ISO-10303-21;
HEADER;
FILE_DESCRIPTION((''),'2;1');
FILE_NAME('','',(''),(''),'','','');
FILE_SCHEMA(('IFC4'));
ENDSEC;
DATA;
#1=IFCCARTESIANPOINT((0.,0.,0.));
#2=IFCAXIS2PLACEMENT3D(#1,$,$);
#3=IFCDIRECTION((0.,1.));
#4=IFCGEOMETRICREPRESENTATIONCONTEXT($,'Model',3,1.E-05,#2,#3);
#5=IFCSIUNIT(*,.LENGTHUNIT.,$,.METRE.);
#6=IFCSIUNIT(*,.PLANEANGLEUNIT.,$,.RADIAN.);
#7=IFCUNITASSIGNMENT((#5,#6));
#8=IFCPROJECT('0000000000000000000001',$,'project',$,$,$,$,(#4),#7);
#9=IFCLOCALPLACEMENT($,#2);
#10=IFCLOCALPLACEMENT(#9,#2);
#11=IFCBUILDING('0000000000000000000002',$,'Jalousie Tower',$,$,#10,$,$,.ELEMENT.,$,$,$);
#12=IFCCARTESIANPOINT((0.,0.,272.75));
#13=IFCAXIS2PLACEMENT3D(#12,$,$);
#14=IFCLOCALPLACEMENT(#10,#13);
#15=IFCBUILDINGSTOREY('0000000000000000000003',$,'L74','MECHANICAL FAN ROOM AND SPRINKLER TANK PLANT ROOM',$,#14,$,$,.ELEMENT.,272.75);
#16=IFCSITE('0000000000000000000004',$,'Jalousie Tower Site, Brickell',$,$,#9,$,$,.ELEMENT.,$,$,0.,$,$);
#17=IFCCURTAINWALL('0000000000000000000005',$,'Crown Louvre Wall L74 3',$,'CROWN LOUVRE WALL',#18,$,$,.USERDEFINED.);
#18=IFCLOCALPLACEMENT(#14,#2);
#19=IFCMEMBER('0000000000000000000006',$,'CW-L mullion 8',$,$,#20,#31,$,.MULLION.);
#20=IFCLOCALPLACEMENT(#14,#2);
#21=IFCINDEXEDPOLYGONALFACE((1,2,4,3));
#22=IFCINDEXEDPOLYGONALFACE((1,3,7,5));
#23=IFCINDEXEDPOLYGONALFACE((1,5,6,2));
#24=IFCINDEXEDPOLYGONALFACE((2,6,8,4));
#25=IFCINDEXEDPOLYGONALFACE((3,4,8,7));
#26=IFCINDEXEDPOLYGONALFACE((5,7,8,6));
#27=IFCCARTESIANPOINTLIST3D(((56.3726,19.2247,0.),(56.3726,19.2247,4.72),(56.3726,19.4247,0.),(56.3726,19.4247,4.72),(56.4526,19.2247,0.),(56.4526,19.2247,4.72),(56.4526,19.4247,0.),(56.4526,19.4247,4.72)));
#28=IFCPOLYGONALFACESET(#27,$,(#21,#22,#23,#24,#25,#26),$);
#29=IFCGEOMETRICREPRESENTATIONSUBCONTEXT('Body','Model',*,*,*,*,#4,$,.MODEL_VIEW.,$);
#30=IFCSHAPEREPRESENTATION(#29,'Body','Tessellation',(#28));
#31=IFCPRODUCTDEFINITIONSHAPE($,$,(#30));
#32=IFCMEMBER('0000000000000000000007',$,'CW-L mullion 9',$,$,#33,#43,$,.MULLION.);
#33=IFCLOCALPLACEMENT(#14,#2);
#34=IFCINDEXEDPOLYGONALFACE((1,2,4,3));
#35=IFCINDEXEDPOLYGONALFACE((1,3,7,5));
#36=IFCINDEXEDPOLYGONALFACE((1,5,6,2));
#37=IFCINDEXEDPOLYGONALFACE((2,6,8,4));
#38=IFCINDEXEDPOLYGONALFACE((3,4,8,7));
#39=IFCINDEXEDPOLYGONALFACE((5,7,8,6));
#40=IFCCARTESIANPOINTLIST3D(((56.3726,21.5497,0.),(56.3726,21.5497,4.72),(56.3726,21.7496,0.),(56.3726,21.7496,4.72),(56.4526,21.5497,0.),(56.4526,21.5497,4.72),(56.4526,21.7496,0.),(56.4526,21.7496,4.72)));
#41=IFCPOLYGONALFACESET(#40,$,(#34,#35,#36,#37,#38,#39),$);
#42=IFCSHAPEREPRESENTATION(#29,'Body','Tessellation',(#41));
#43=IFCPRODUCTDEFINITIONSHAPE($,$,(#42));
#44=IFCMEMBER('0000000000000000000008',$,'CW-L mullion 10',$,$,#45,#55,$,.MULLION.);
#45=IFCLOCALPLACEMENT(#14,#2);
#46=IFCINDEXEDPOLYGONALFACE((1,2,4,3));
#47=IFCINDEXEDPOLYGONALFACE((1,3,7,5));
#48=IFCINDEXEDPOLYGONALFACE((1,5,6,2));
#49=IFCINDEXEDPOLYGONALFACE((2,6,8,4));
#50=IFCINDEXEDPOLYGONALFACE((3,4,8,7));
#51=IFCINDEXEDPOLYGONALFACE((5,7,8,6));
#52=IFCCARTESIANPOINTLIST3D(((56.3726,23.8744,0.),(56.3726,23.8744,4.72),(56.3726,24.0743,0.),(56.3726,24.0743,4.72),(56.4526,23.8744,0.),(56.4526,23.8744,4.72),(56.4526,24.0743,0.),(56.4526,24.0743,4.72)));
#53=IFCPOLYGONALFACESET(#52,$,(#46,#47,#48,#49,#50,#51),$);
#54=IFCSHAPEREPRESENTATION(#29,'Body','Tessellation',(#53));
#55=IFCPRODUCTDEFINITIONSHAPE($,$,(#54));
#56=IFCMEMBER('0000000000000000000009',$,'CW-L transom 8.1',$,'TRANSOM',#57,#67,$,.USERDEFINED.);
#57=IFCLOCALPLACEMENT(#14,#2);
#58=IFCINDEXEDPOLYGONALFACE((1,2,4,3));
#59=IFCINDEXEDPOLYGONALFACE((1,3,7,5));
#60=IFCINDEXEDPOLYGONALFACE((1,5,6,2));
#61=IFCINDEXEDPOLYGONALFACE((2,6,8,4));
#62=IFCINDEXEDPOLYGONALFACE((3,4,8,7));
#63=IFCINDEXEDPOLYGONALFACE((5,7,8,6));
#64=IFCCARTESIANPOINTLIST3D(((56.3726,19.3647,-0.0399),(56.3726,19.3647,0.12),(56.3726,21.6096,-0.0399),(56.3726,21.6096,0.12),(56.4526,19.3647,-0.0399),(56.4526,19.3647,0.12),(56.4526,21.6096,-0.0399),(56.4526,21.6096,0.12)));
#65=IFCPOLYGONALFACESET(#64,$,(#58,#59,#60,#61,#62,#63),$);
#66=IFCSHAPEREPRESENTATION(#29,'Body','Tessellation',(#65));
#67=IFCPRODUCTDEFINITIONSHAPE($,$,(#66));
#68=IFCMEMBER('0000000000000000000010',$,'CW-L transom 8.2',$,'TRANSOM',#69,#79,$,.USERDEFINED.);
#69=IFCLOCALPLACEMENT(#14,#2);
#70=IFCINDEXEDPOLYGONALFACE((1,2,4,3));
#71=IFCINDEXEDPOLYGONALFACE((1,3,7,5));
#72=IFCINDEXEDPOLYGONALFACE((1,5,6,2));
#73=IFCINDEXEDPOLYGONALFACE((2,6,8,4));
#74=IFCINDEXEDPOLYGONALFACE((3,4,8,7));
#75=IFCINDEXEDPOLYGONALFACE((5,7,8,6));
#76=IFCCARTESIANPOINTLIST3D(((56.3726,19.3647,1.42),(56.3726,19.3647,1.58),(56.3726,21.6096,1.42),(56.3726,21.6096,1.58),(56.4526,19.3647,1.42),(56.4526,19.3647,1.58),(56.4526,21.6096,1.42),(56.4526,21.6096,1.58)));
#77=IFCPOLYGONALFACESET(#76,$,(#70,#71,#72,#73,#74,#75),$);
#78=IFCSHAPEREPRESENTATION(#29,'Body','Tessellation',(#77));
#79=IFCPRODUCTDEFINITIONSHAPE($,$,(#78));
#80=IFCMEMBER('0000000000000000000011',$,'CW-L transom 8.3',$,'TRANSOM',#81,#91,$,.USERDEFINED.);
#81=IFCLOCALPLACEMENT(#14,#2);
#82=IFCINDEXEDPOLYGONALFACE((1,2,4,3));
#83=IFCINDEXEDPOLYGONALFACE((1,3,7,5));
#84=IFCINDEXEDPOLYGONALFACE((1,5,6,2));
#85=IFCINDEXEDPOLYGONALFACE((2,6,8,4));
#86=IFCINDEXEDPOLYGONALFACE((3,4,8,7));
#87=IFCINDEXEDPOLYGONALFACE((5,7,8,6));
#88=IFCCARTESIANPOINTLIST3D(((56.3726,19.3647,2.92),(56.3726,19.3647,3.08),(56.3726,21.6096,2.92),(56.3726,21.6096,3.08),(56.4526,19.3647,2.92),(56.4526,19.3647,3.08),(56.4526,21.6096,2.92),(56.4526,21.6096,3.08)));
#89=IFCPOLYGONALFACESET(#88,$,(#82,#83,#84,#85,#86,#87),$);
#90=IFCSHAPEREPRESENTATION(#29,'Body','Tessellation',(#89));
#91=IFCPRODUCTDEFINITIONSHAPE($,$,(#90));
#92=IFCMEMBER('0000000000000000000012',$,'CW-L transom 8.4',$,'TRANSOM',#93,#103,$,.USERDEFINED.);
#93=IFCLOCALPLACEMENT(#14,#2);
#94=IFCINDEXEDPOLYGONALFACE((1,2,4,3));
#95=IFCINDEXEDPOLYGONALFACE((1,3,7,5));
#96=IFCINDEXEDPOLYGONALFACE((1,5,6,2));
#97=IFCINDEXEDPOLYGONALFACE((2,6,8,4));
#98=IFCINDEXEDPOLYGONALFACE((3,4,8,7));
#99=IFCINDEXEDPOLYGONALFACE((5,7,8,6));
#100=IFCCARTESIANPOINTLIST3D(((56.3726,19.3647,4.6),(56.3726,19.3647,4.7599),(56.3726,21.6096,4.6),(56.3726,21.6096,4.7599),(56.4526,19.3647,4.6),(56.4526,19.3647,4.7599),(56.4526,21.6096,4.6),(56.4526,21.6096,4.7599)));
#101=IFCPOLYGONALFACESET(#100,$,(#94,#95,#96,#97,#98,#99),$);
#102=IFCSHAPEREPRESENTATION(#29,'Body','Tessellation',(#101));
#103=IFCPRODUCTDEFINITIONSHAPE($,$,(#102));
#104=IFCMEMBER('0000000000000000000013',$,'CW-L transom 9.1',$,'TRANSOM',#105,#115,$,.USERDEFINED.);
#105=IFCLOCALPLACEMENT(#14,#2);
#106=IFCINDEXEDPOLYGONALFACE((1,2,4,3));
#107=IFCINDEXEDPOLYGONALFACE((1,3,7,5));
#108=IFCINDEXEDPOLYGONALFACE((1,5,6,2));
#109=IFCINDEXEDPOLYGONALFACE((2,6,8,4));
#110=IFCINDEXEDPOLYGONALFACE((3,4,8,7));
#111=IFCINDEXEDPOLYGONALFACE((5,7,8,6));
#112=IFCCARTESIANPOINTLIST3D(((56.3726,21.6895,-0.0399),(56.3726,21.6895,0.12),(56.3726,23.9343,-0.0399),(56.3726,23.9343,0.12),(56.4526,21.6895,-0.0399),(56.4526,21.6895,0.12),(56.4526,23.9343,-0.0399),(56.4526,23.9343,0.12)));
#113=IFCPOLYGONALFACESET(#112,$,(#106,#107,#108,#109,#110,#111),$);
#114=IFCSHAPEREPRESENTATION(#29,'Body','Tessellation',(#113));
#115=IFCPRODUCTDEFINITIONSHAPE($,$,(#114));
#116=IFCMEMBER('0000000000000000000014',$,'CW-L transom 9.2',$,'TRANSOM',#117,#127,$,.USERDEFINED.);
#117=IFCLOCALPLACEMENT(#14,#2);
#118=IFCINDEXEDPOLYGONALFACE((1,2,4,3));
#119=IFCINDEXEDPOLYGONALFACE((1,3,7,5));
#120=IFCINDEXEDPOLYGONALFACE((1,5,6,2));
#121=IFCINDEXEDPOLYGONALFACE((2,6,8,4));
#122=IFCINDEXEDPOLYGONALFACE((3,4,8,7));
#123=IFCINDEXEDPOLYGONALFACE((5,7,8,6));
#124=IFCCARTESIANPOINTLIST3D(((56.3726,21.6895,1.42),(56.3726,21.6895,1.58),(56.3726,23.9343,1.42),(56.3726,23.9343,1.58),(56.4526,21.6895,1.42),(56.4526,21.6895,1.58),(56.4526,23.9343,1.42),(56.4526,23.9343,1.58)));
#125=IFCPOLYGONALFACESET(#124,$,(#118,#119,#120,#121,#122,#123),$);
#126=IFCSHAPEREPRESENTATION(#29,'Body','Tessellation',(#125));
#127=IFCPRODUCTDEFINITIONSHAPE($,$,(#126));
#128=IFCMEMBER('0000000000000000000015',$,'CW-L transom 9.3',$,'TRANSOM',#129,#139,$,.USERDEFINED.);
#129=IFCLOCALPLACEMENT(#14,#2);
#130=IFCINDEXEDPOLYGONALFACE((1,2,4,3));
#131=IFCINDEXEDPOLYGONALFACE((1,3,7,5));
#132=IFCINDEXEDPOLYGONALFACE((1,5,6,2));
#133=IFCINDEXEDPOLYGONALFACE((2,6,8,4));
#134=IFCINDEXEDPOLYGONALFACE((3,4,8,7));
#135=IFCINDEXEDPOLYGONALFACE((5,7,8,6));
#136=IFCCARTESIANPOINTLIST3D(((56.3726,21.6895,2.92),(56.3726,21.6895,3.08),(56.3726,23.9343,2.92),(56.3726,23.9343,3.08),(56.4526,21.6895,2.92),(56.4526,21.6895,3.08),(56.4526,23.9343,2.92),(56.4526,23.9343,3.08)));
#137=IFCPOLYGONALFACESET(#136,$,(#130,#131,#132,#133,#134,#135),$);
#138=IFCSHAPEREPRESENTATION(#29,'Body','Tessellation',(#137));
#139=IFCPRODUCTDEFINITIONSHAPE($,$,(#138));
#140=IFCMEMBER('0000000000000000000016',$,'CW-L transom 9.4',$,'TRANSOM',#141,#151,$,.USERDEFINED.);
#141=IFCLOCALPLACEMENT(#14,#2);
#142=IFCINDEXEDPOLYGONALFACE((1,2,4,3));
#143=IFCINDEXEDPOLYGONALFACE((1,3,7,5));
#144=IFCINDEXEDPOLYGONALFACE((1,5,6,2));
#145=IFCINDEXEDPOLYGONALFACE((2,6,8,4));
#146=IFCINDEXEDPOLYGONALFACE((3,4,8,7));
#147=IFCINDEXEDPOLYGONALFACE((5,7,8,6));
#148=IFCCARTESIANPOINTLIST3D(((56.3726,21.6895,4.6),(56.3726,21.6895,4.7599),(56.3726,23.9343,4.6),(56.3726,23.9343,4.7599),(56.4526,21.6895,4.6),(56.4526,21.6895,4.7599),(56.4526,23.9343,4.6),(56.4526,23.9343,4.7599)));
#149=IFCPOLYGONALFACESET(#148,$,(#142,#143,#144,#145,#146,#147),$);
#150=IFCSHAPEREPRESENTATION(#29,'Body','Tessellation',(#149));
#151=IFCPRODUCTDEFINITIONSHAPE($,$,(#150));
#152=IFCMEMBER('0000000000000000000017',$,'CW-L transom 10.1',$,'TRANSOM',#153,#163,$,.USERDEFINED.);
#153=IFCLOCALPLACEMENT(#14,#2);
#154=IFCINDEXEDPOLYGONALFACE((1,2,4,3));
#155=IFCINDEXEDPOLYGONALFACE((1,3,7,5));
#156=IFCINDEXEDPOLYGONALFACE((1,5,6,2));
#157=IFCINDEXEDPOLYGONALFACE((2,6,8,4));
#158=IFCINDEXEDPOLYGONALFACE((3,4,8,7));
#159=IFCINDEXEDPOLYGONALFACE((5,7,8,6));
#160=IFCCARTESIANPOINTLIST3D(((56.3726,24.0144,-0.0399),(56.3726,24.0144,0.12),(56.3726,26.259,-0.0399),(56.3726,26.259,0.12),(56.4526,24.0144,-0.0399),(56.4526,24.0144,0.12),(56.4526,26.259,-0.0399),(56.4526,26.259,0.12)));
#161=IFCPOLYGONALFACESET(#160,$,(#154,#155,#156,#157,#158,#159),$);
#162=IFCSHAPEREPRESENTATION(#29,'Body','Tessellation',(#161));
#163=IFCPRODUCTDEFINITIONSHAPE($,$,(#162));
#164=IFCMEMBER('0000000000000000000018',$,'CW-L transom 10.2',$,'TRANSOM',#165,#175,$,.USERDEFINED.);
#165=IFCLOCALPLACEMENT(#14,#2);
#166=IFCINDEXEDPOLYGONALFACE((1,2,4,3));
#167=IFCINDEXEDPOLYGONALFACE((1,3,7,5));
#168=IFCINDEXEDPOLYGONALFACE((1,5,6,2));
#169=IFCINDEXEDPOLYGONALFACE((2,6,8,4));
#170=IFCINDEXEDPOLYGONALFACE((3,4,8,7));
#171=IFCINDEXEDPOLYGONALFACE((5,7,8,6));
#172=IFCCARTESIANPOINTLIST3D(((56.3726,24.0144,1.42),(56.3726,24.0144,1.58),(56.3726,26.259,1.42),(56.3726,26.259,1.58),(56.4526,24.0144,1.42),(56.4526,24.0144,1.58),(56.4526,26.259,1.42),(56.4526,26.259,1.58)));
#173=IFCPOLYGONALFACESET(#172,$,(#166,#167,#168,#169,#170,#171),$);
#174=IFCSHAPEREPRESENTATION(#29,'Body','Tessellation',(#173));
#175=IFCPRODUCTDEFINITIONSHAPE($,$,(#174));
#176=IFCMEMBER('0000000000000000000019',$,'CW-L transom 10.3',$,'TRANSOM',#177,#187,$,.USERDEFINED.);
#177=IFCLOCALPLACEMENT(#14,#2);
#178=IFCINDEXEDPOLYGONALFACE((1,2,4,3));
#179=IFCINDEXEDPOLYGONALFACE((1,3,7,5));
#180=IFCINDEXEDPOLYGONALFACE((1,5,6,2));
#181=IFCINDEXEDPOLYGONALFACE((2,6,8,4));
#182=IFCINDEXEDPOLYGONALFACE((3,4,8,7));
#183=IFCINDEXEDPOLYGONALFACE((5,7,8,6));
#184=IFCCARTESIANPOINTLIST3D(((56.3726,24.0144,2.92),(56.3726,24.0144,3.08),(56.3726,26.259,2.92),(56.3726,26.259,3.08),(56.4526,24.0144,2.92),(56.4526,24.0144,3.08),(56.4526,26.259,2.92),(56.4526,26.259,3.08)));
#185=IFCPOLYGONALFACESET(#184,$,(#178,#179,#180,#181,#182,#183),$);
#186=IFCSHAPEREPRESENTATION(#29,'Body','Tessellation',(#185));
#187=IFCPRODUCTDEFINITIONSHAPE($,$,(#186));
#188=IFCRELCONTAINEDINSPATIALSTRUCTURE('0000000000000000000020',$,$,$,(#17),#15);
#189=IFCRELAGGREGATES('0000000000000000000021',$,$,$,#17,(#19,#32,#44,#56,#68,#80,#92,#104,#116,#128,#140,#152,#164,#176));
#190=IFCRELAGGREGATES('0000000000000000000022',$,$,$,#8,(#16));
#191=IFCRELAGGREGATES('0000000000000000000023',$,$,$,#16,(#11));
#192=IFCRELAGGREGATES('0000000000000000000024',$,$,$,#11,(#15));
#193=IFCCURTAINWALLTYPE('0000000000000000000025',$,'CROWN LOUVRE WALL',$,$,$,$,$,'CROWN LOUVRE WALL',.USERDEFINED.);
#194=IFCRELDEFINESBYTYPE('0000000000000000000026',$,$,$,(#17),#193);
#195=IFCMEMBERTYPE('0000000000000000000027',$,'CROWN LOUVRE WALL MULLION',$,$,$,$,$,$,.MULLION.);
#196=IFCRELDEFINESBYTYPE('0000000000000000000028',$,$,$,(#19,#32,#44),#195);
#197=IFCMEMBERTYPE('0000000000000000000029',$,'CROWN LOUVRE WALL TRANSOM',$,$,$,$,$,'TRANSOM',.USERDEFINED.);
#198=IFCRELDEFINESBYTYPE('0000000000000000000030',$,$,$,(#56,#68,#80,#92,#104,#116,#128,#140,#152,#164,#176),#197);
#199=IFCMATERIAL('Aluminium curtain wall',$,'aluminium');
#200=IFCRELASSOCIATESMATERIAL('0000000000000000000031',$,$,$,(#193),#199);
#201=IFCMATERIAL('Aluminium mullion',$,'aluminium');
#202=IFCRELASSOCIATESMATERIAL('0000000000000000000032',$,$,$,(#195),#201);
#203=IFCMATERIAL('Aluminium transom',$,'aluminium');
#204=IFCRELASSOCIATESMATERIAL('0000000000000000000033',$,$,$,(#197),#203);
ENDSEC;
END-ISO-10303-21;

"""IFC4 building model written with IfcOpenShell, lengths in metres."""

from ifc_helpers import new_model, si_unit, direction, frame, origin, origin_2d, place, context, subcontext, project, spatial, rectangle, extrude, material, material_profile, profile_set, type_object, element, aggregate, save


model = new_model("IFC4")

# Units and contexts
model_context = context("Model", 3, precision=1e-05, world=origin(), true_north=direction((0.0, 1.0)))
body_context = subcontext(model_context, "Body", "Model", "MODEL_VIEW")
ifc_project = project(units=[si_unit("LENGTHUNIT", "METRE"), si_unit("PLANEANGLEUNIT", "RADIAN")], contexts=[model_context])

# Site, building, storey
site_placement = place(None, origin())
site = spatial("IfcSite", under=ifc_project, at=site_placement, Name="Jalousie Tower Site, Brickell", CompositionType="ELEMENT", RefElevation=0.0)
building_placement = place(site_placement, origin())
building = spatial("IfcBuilding", under=site, at=building_placement, Name="Jalousie Tower", CompositionType="ELEMENT")
storey_placement = place(building_placement, frame((0.0, 0.0, 272.75)))
storey = spatial("IfcBuildingStorey", under=building, at=storey_placement, Name="L74", Description="MECHANICAL FAN ROOM AND SPRINKLER TANK PLANT ROOM", CompositionType="ELEMENT", Elevation=272.75)

# Curtain wall, members
ifc_material_1 = material(Name="Aluminium curtain wall", Category="aluminium")
curtain_wall_type = type_object("IfcCurtainWallType", Name="CROWN LOUVRE WALL", ElementType="CROWN LOUVRE WALL", PredefinedType="USERDEFINED", material=ifc_material_1)
curtain_wall_placement = place(storey_placement, origin())
curtain_wall = element("IfcCurtainWall", 1, at=curtain_wall_placement, inside=storey, type_object=curtain_wall_type, Name="Crown Louvre Wall L74 3", ObjectType="CROWN LOUVRE WALL", PredefinedType="USERDEFINED")
ifc_material_2 = material(Name="Aluminium mullion", Category="aluminium")
ifc_material_profile_1 = material_profile(ifc_material_2, rectangle(XDim=0.0801, YDim=0.2, at=origin_2d()), Name="MULLION 80x200")
ifc_profile_set_1 = profile_set([ifc_material_profile_1], Name="Aluminium mullion")
member_type_1 = type_object("IfcMemberType", Name="CROWN LOUVRE WALL MULLION", PredefinedType="MULLION", material=ifc_profile_set_1)
member_1_placement = place(storey_placement, frame((56.4126, 19.3247, 0.0), z_axis=(0.0, 0.0, 1.0), x_axis=(-1.0, 0.0, 0.0)))
member_1 = element("IfcMember", 2, at=member_1_placement, type_object=member_type_1, Name="CW-L mullion 8", PredefinedType="MULLION", context=body_context, shape_type="SweptSolid", body=[
    extrude(rectangle(XDim=0.0801, YDim=0.2, at=origin_2d()), origin(), (0.0, 0.0, 1.0), 4.72),
])
member_2_placement = place(storey_placement, frame((56.4126, 21.6497, 0.0), z_axis=(0.0, 0.0, 1.0), x_axis=(-1.0, 0.0, 0.0)))
member_2 = element("IfcMember", 3, at=member_2_placement, type_object=member_type_1, Name="CW-L mullion 9", PredefinedType="MULLION", context=body_context, shape_type="SweptSolid", body=[
    extrude(rectangle(XDim=0.0801, YDim=0.2, at=origin_2d()), origin(), (0.0, 0.0, 1.0), 4.72),
])
member_3_placement = place(storey_placement, frame((56.4126, 23.9744, 0.0), z_axis=(0.0, 0.0, 1.0), x_axis=(-1.0, 0.0, 0.0)))
member_3 = element("IfcMember", 4, at=member_3_placement, type_object=member_type_1, Name="CW-L mullion 10", PredefinedType="MULLION", context=body_context, shape_type="SweptSolid", body=[
    extrude(rectangle(XDim=0.0801, YDim=0.2, at=origin_2d()), origin(), (0.0, 0.0, 1.0), 4.72),
])
ifc_material_3 = material(Name="Aluminium transom", Category="aluminium")
ifc_material_profile_2 = material_profile(ifc_material_3, rectangle(XDim=0.0801, YDim=0.1599, at=origin_2d()), Name="TRANSOM 80x160")
ifc_profile_set_2 = profile_set([ifc_material_profile_2], Name="Aluminium transom")
member_type_2 = type_object("IfcMemberType", Name="CROWN LOUVRE WALL TRANSOM", ElementType="TRANSOM", PredefinedType="USERDEFINED", material=ifc_profile_set_2)
member_4_placement = place(storey_placement, frame((56.4126, 19.3647, 0.04), z_axis=(0.0, 1.0, 0.0), x_axis=(-1.0, 0.0, 0.0)))
member_4 = element("IfcMember", 5, at=member_4_placement, type_object=member_type_2, Name="CW-L transom 8.1", ObjectType="TRANSOM", PredefinedType="USERDEFINED", context=body_context, shape_type="SweptSolid", body=[
    extrude(rectangle(XDim=0.0801, YDim=0.1599, at=origin_2d()), origin(), (0.0, 0.0, 1.0), 2.2449),
])
member_5_placement = place(storey_placement, frame((56.4126, 19.3647, 1.5), z_axis=(0.0, 1.0, 0.0), x_axis=(-1.0, 0.0, 0.0)))
member_5 = element("IfcMember", 6, at=member_5_placement, type_object=member_type_2, Name="CW-L transom 8.2", ObjectType="TRANSOM", PredefinedType="USERDEFINED", context=body_context, shape_type="SweptSolid", body=[
    extrude(rectangle(XDim=0.0801, YDim=0.1599, at=origin_2d()), origin(), (0.0, 0.0, 1.0), 2.2449),
])
member_6_placement = place(storey_placement, frame((56.4126, 19.3647, 3.0), z_axis=(0.0, 1.0, 0.0), x_axis=(-1.0, 0.0, 0.0)))
member_6 = element("IfcMember", 7, at=member_6_placement, type_object=member_type_2, Name="CW-L transom 8.3", ObjectType="TRANSOM", PredefinedType="USERDEFINED", context=body_context, shape_type="SweptSolid", body=[
    extrude(rectangle(XDim=0.0801, YDim=0.1599, at=origin_2d()), origin(), (0.0, 0.0, 1.0), 2.2449),
])
member_7_placement = place(storey_placement, frame((56.4126, 19.3647, 4.6799), z_axis=(0.0, 1.0, 0.0), x_axis=(-1.0, 0.0, 0.0)))
member_7 = element("IfcMember", 8, at=member_7_placement, type_object=member_type_2, Name="CW-L transom 8.4", ObjectType="TRANSOM", PredefinedType="USERDEFINED", context=body_context, shape_type="SweptSolid", body=[
    extrude(rectangle(XDim=0.0801, YDim=0.1599, at=origin_2d()), origin(), (0.0, 0.0, 1.0), 2.2449),
])
member_8_placement = place(storey_placement, frame((56.4126, 21.6895, 0.04), z_axis=(0.0, 1.0, 0.0), x_axis=(-1.0, 0.0, 0.0)))
member_8 = element("IfcMember", 9, at=member_8_placement, type_object=member_type_2, Name="CW-L transom 9.1", ObjectType="TRANSOM", PredefinedType="USERDEFINED", context=body_context, shape_type="SweptSolid", body=[
    extrude(rectangle(XDim=0.0801, YDim=0.1599, at=origin_2d()), origin(), (0.0, 0.0, 1.0), 2.2449),
])
member_9_placement = place(storey_placement, frame((56.4126, 21.6895, 1.5), z_axis=(0.0, 1.0, 0.0), x_axis=(-1.0, 0.0, 0.0)))
member_9 = element("IfcMember", 10, at=member_9_placement, type_object=member_type_2, Name="CW-L transom 9.2", ObjectType="TRANSOM", PredefinedType="USERDEFINED", context=body_context, shape_type="SweptSolid", body=[
    extrude(rectangle(XDim=0.0801, YDim=0.1599, at=origin_2d()), origin(), (0.0, 0.0, 1.0), 2.2449),
])
member_10_placement = place(storey_placement, frame((56.4126, 21.6895, 3.0), z_axis=(0.0, 1.0, 0.0), x_axis=(-1.0, 0.0, 0.0)))
member_10 = element("IfcMember", 11, at=member_10_placement, type_object=member_type_2, Name="CW-L transom 9.3", ObjectType="TRANSOM", PredefinedType="USERDEFINED", context=body_context, shape_type="SweptSolid", body=[
    extrude(rectangle(XDim=0.0801, YDim=0.1599, at=origin_2d()), origin(), (0.0, 0.0, 1.0), 2.2449),
])
member_11_placement = place(storey_placement, frame((56.4126, 21.6895, 4.6799), z_axis=(0.0, 1.0, 0.0), x_axis=(-1.0, 0.0, 0.0)))
member_11 = element("IfcMember", 12, at=member_11_placement, type_object=member_type_2, Name="CW-L transom 9.4", ObjectType="TRANSOM", PredefinedType="USERDEFINED", context=body_context, shape_type="SweptSolid", body=[
    extrude(rectangle(XDim=0.0801, YDim=0.1599, at=origin_2d()), origin(), (0.0, 0.0, 1.0), 2.2449),
])
member_12_placement = place(storey_placement, frame((56.4126, 24.0144, 0.04), z_axis=(0.0, 1.0, 0.0), x_axis=(-1.0, 0.0, 0.0)))
member_12 = element("IfcMember", 13, at=member_12_placement, type_object=member_type_2, Name="CW-L transom 10.1", ObjectType="TRANSOM", PredefinedType="USERDEFINED", context=body_context, shape_type="SweptSolid", body=[
    extrude(rectangle(XDim=0.0801, YDim=0.1599, at=origin_2d()), origin(), (0.0, 0.0, 1.0), 2.2446),
])
member_13_placement = place(storey_placement, frame((56.4126, 24.0144, 1.5), z_axis=(0.0, 1.0, 0.0), x_axis=(-1.0, 0.0, 0.0)))
member_13 = element("IfcMember", 14, at=member_13_placement, type_object=member_type_2, Name="CW-L transom 10.2", ObjectType="TRANSOM", PredefinedType="USERDEFINED", context=body_context, shape_type="SweptSolid", body=[
    extrude(rectangle(XDim=0.0801, YDim=0.1599, at=origin_2d()), origin(), (0.0, 0.0, 1.0), 2.2446),
])
member_14_placement = place(storey_placement, frame((56.4126, 24.0144, 3.0), z_axis=(0.0, 1.0, 0.0), x_axis=(-1.0, 0.0, 0.0)))
member_14 = element("IfcMember", 15, at=member_14_placement, type_object=member_type_2, Name="CW-L transom 10.3", ObjectType="TRANSOM", PredefinedType="USERDEFINED", context=body_context, shape_type="SweptSolid", body=[
    extrude(rectangle(XDim=0.0801, YDim=0.1599, at=origin_2d()), origin(), (0.0, 0.0, 1.0), 2.2446),
])
aggregate(curtain_wall, [member_1, member_2, member_3, member_4, member_5, member_6, member_7, member_8, member_9, member_10, member_11, member_12, member_13, member_14])

save(model, "model.ifc")
